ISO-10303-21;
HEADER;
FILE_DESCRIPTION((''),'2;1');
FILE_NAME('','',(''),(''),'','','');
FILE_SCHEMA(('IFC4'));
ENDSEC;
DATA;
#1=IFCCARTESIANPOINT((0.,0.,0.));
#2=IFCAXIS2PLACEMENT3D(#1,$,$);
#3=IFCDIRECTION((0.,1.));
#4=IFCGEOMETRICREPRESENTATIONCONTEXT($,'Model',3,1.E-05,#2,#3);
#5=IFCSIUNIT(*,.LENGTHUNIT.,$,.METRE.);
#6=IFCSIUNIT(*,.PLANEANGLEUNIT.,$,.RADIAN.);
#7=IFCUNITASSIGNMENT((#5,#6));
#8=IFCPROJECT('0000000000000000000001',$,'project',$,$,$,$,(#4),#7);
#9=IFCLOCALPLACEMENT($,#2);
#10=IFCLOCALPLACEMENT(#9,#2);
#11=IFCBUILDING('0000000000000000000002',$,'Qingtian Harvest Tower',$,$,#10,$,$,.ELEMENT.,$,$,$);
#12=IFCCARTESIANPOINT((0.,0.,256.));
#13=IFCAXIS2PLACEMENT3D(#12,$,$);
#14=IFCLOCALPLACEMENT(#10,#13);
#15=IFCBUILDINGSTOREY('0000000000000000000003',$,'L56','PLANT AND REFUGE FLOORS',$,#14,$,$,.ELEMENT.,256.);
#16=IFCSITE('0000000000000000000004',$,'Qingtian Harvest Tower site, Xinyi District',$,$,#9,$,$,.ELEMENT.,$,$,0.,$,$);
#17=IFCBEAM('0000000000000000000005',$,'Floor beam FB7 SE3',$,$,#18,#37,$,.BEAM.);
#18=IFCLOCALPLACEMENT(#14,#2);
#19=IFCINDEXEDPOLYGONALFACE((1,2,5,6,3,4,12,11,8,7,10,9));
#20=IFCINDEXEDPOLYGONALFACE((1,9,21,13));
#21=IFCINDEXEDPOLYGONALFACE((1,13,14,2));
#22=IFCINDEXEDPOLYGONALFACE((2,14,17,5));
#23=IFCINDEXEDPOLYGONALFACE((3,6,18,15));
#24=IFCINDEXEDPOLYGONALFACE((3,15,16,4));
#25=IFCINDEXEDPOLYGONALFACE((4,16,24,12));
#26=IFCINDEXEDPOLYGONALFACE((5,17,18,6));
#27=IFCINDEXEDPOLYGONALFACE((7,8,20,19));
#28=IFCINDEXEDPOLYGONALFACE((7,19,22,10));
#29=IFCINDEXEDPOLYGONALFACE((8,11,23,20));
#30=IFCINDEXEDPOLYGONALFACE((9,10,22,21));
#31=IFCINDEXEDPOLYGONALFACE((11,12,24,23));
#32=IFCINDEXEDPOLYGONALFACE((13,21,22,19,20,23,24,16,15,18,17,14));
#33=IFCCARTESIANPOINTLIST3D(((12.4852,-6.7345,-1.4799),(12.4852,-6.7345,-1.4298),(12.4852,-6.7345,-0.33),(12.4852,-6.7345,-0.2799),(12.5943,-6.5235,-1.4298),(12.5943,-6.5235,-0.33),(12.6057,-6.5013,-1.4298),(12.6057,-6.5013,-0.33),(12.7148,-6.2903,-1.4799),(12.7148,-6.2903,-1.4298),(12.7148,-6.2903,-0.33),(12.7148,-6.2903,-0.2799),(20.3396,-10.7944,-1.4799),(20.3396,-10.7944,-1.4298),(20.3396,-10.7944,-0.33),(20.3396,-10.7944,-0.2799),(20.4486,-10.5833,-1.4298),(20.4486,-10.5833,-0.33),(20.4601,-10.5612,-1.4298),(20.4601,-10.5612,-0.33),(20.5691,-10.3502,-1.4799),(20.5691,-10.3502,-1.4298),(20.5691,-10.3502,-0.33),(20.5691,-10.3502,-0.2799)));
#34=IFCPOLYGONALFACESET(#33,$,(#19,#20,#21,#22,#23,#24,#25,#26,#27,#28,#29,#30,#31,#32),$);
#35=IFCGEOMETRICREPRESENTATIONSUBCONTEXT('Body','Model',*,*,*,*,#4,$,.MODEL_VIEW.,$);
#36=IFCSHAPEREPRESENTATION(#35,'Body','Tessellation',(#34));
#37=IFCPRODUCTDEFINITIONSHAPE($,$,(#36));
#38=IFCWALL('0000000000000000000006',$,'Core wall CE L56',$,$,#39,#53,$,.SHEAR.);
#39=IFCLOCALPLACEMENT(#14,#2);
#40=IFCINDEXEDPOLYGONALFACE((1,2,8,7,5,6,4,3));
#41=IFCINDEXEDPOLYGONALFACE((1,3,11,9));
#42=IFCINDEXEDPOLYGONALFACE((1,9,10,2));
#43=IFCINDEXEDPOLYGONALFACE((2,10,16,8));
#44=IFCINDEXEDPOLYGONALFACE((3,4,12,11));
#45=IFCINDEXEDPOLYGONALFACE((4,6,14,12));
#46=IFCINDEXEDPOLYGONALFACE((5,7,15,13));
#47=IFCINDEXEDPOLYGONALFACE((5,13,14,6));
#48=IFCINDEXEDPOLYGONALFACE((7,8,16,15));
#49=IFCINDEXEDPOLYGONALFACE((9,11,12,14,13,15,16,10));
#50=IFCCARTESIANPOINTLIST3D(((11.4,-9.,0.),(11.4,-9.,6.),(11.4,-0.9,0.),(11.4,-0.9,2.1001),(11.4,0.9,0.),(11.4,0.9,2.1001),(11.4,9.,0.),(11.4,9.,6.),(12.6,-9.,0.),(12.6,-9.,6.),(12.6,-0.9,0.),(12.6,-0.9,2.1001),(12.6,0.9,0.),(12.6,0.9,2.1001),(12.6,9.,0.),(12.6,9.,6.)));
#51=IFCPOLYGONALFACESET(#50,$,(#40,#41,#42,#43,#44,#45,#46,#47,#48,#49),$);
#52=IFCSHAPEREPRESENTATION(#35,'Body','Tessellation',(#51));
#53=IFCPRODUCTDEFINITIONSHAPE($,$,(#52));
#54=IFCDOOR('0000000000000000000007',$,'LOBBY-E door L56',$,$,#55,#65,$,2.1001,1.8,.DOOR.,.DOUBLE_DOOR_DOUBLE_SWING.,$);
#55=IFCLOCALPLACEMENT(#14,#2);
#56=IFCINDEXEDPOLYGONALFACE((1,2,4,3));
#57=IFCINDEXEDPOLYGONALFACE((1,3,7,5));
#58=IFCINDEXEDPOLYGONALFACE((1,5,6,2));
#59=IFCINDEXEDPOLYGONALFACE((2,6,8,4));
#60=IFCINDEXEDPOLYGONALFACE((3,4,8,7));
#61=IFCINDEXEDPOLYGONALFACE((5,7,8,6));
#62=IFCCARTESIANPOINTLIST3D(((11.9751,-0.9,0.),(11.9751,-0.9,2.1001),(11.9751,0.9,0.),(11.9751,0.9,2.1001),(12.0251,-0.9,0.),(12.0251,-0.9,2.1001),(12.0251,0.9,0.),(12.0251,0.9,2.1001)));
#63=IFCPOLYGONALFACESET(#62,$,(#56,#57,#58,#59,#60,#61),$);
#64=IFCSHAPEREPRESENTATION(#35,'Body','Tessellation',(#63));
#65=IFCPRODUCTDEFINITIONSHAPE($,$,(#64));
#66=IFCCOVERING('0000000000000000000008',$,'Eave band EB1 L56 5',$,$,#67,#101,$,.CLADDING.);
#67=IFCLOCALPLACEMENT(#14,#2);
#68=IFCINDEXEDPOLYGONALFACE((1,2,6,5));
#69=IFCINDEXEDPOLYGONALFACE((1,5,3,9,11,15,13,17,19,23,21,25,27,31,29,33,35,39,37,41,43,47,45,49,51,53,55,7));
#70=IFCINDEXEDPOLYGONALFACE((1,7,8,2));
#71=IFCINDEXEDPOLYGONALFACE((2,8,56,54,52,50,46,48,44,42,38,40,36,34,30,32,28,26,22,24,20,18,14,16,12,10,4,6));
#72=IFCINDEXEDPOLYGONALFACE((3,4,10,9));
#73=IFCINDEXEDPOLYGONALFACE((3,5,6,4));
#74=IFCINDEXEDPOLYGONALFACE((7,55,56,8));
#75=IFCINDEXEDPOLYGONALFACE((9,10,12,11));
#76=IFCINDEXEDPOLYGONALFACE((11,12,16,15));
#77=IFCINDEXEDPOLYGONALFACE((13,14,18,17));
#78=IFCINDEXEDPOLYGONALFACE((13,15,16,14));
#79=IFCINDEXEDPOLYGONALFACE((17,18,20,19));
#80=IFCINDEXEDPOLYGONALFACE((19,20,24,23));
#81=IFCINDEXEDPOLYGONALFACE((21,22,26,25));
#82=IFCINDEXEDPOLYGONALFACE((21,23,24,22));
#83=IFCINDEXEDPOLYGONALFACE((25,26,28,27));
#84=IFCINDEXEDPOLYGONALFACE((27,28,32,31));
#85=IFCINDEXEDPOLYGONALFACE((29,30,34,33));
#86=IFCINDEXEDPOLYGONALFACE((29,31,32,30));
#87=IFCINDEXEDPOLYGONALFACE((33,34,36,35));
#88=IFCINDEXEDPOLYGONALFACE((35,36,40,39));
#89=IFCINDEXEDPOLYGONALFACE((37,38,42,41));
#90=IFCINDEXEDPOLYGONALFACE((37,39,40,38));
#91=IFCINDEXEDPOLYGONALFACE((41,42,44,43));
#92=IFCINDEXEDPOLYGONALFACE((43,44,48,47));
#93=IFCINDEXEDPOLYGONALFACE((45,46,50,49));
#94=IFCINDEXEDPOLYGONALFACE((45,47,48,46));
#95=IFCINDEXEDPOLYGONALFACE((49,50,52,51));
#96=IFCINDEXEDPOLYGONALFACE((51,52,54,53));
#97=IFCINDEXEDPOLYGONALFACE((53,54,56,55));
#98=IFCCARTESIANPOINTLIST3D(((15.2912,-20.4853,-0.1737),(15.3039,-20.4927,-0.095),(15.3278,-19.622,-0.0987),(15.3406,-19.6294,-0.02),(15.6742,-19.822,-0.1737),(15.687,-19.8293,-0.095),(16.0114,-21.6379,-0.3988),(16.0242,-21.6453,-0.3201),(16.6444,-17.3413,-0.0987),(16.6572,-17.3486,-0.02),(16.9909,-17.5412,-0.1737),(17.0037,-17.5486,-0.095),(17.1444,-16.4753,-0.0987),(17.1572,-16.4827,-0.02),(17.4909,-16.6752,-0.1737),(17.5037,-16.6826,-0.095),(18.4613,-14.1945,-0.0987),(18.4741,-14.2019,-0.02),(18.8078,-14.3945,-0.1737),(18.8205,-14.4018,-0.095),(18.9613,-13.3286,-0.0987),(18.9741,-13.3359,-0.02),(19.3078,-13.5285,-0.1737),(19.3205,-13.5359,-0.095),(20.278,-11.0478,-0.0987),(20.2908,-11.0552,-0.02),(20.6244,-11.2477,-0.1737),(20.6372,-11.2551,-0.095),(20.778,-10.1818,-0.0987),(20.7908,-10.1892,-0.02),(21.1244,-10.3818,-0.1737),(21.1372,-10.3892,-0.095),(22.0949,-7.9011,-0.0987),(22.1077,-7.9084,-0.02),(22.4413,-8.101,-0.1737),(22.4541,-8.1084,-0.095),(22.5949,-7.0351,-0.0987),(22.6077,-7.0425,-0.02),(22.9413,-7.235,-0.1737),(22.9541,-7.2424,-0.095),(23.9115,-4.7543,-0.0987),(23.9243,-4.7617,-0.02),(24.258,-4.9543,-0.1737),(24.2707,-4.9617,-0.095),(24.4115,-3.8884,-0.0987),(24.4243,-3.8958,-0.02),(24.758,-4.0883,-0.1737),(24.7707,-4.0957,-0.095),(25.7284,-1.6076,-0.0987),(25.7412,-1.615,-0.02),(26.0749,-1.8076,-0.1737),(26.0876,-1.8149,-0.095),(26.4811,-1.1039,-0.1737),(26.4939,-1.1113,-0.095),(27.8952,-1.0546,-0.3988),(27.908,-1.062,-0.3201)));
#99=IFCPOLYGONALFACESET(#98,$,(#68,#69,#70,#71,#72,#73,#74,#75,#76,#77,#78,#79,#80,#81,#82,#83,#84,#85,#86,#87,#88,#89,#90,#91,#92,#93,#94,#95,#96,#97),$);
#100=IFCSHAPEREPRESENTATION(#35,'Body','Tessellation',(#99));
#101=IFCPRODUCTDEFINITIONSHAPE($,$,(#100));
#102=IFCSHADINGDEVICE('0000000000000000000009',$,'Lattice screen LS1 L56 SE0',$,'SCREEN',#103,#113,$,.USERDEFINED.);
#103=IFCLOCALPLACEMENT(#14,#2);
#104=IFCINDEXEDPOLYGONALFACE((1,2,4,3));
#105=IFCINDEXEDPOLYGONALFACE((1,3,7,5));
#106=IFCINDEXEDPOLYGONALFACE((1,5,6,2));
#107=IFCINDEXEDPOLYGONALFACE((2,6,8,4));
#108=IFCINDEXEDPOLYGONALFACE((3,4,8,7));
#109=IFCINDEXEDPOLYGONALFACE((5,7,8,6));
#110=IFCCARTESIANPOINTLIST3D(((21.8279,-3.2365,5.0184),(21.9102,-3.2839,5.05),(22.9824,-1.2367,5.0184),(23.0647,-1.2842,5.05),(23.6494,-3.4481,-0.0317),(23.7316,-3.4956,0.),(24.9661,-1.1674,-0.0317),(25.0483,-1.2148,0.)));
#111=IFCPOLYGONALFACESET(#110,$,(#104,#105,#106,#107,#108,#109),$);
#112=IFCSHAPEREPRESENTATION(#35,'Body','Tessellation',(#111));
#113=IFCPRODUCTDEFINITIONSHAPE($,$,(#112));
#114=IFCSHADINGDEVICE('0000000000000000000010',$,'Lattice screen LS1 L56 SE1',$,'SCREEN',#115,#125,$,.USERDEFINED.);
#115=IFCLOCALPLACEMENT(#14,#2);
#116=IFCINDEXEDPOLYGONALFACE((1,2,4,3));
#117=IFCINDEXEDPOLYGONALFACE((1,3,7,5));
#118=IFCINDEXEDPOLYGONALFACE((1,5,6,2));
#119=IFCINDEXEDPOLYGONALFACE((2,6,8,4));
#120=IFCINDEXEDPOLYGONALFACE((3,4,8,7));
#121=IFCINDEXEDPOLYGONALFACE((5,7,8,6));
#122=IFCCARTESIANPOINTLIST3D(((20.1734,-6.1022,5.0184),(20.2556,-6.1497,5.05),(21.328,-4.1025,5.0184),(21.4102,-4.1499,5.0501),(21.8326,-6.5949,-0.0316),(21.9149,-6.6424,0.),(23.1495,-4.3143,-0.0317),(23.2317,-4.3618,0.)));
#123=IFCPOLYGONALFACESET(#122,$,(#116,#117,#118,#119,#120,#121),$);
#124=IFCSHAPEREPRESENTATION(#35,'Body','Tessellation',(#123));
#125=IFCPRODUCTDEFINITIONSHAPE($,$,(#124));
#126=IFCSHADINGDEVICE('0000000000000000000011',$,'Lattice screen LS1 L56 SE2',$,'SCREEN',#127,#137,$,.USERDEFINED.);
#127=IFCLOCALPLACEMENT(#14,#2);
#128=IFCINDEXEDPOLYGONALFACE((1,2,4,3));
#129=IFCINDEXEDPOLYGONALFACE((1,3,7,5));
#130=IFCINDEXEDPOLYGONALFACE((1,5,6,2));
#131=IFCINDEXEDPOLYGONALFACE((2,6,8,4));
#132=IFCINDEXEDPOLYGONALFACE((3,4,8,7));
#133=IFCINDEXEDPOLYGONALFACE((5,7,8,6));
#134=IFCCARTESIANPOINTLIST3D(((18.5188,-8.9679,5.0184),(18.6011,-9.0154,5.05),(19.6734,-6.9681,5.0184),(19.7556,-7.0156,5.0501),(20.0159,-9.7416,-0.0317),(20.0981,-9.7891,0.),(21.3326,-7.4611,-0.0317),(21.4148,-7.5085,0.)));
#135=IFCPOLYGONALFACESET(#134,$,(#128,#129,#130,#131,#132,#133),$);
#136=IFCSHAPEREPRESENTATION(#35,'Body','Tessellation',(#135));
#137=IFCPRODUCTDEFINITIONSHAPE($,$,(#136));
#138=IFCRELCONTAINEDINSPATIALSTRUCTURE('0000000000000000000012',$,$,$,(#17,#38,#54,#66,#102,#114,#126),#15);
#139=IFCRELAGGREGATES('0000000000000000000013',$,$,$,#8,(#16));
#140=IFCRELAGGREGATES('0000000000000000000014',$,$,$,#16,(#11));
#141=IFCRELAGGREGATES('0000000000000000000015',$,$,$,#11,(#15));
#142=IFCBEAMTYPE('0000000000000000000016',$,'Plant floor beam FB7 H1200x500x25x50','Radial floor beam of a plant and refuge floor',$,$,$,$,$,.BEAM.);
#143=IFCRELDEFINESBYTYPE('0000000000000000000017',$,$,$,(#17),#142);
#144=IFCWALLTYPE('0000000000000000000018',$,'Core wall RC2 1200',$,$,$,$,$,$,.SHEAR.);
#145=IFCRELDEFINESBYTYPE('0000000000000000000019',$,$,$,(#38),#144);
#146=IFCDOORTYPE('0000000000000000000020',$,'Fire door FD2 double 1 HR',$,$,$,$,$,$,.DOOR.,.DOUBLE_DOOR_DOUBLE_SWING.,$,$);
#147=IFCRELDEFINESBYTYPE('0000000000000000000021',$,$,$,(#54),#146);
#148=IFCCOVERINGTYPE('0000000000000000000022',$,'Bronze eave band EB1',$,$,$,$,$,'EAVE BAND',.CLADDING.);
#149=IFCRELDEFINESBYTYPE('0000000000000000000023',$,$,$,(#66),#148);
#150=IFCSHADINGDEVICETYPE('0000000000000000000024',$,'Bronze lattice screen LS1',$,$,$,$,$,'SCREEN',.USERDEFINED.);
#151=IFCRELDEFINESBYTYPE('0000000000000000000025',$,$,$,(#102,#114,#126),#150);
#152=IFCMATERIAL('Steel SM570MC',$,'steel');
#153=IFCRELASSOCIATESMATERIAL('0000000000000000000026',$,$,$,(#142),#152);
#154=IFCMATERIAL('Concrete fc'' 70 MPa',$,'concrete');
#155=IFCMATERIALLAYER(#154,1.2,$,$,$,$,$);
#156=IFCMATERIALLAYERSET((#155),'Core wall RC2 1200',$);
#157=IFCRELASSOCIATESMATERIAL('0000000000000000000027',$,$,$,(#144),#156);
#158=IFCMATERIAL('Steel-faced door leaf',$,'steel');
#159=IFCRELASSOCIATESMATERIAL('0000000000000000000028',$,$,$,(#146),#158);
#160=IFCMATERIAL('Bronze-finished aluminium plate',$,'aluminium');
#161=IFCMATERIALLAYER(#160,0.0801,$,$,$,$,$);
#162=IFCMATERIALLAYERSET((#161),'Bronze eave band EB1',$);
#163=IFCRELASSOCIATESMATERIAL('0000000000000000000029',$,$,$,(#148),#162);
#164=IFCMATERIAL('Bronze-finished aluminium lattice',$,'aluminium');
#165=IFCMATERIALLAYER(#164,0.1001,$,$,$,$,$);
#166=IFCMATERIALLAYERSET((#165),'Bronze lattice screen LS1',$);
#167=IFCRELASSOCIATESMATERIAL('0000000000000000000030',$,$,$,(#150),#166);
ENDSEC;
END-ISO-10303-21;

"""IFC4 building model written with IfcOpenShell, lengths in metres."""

from ifc_helpers import new_model, si_unit, direction, frame, frame_2d, origin, origin_2d, place, context, subcontext, project, spatial, polyline, rectangle, i_section, outline, extrude, material, layer, layer_set, material_profile, profile_set, type_object, element, fill, save


model = new_model("IFC4")

# Units and contexts
model_context = context("Model", 3, precision=1e-05, world=origin(), true_north=direction((0.0, 1.0)))
body_context = subcontext(model_context, "Body", "Model", "MODEL_VIEW")
ifc_project = project(units=[si_unit("LENGTHUNIT", "METRE"), si_unit("PLANEANGLEUNIT", "RADIAN")], contexts=[model_context])

# Site, building, storey
site_placement = place(None, origin())
site = spatial("IfcSite", under=ifc_project, at=site_placement, Name="Qingtian Harvest Tower site, Xinyi District", CompositionType="ELEMENT", RefElevation=0.0)
building_placement = place(site_placement, origin())
building = spatial("IfcBuilding", under=site, at=building_placement, Name="Qingtian Harvest Tower", CompositionType="ELEMENT")
storey_placement = place(building_placement, frame((0.0, 0.0, 256.0)))
storey = spatial("IfcBuildingStorey", under=building, at=storey_placement, Name="L56", Description="PLANT AND REFUGE FLOORS", CompositionType="ELEMENT", Elevation=256.0)

# Beam
ifc_material_1 = material(Name="Steel SM570MC", Category="steel")
ifc_material_profile_1 = material_profile(ifc_material_1, i_section(OverallWidth=0.5, OverallDepth=1.2, WebThickness=0.0249, FlangeThickness=0.05, at=origin_2d()), Name="H1200x500x25x50")
ifc_profile_set_1 = profile_set([ifc_material_profile_1], Name="Steel SM570MC")
beam_type_1 = type_object("IfcBeamType", Name="Plant floor beam FB7 H1200x500x25x50", Description="Radial floor beam of a plant and refuge floor", PredefinedType="BEAM", material=ifc_profile_set_1)
beam_1_placement = place(storey_placement, frame((20.4543, -10.5723, -0.8799), z_axis=(-0.888344, 0.45918, 0.0), x_axis=(-0.45918, -0.888344, 0.0)))
element("IfcBeam", 1, at=beam_1_placement, inside=storey, type_object=beam_type_1, Name="Floor beam FB7 SE3", PredefinedType="BEAM", context=body_context, shape_type="SweptSolid", body=[
    extrude(i_section(OverallWidth=0.5, OverallDepth=1.2, WebThickness=0.0249, FlangeThickness=0.05, at=origin_2d()), origin(), (0.0, 0.0, 1.0), 8.8416),
])

# Wall, opening, door
ifc_material_2 = material(Name="Concrete fc' 70 MPa", Category="concrete")
ifc_layer_1 = layer(ifc_material_2, 1.2)
ifc_layer_set_1 = layer_set([ifc_layer_1], Name="Core wall RC2 1200")
wall_type = type_object("IfcWallType", Name="Core wall RC2 1200", PredefinedType="SHEAR", material=ifc_layer_set_1)
wall_placement = place(storey_placement, frame((12.0, -9.0, 0.0), z_axis=(0.0, 0.0, 1.0), x_axis=(0.0, 1.0, 0.0)))
wall = element("IfcWall", 2, at=wall_placement, inside=storey, type_object=wall_type, Name="Core wall CE L56", PredefinedType="SHEAR", context=body_context, shape_type="SweptSolid", body=[
    extrude(rectangle(XDim=18.0, YDim=1.2, at=frame_2d((9.0, 0.0))), origin(), (0.0, 0.0, 1.0), 6.0),
])
opening_placement = place(wall_placement, frame((8.1001, 0.0, 0.0)))
opening = element("IfcOpeningElement", 3, at=opening_placement, cuts=wall, PredefinedType="OPENING", context=body_context, shape_type="SweptSolid", body=[
    extrude(rectangle(XDim=1.8, YDim=2.1001, at=frame_2d((0.8999, 1.05))), frame((0.0, 0.6099, 0.0), z_axis=(0.0, -1.0, 0.0), x_axis=(1.0, 0.0, 0.0)), (0.0, 0.0, 1.0), 1.22),
])
ifc_material_3 = material(Name="Steel-faced door leaf", Category="steel")
door_type = type_object("IfcDoorType", Name="Fire door FD2 double 1 HR", OperationType="DOUBLE_DOOR_DOUBLE_SWING", PredefinedType="DOOR", material=ifc_material_3)
door_placement = place(opening_placement, origin())
door = element("IfcDoor", 4, at=door_placement, inside=storey, type_object=door_type, Name="LOBBY-E door L56", OperationType="DOUBLE_DOOR_DOUBLE_SWING", OverallHeight=2.1001, OverallWidth=1.8, PredefinedType="DOOR", context=body_context, shape_type="SweptSolid", body=[
    extrude(rectangle(XDim=1.8, YDim=2.1001, at=frame_2d((0.8999, 1.05))), frame((0.0, 0.0249, 0.0), z_axis=(0.0, -1.0, 0.0), x_axis=(1.0, 0.0, 0.0)), (0.0, 0.0, 1.0), 0.05),
])
fill(opening, door)

# Covering
ifc_material_4 = material(Name="Bronze-finished aluminium plate", Category="aluminium")
ifc_layer_2 = layer(ifc_material_4, 0.0801)
ifc_layer_set_2 = layer_set([ifc_layer_2], Name="Bronze eave band EB1")
covering_type = type_object("IfcCoveringType", Name="Bronze eave band EB1", ElementType="EAVE BAND", PredefinedType="CLADDING", material=ifc_layer_set_2)
covering_placement = place(storey_placement, frame((25.7412, -1.615, -0.02), z_axis=(0.159633, -0.092165, 0.982865), x_axis=(0.851253, -0.491315, -0.184329)))
element("IfcCovering", 5, at=covering_placement, inside=storey, type_object=covering_type, Name="Eave band EB1 L56 5", PredefinedType="CLADDING", context=body_context, shape_type="SweptSolid", body=[
    extrude(outline(polyline([(0.0, 0.0), (0.407, 0.0), (0.4071, 0.8125), (1.6281, 1.562), (1.6248, -22.2055), (0.404, -21.5672), (0.4041, -20.8012), (-0.0028, -20.8012), (-0.0026, -18.1677), (0.4044, -18.1677), (0.4045, -17.1678), (-0.0024, -17.1678), (-0.002, -14.5341), (0.405, -14.5341), (0.4051, -13.5342), (-0.0018, -13.5342), (-0.0016, -10.9007), (0.4054, -10.9007), (0.4055, -9.9007), (-0.0014, -9.9007), (-0.001, -7.2671), (0.406, -7.2671), (0.4061, -6.2671), (-0.0008, -6.2671), (-0.0006, -3.6336), (0.4064, -3.6336), (0.4065, -2.6336), (-0.0004, -2.6336), (0.0, 0.0)])), origin(), (0.0, 0.0, -1.0), 0.0801),
])

# Shading devices
ifc_material_5 = material(Name="Bronze-finished aluminium lattice", Category="aluminium")
ifc_layer_3 = layer(ifc_material_5, 0.1001)
ifc_layer_set_3 = layer_set([ifc_layer_3], Name="Bronze lattice screen LS1")
shading_device_type = type_object("IfcShadingDeviceType", Name="Bronze lattice screen LS1", ElementType="SCREEN", PredefinedType="USERDEFINED", material=ifc_layer_set_3)
shading_device_1_placement = place(storey_placement, frame((25.0483, -1.2148, 0.0), z_axis=(0.8216, -0.474319, 0.316219), x_axis=(-0.499973, -0.866041, -0.000006)))
element("IfcShadingDevice", 6, at=shading_device_1_placement, inside=storey, type_object=shading_device_type, Name="Lattice screen LS1 L56 SE0", ObjectType="SCREEN", PredefinedType="USERDEFINED", context=body_context, shape_type="SweptSolid", body=[
    extrude(outline(polyline([(0.0, 0.0), (2.6335, 0.0), (3.3609, -5.3232), (1.0518, -5.3232), (0.0, 0.0)])), origin(), (0.0, 0.0, -1.0), 0.1001),
])
shading_device_2_placement = place(storey_placement, frame((23.2317, -4.3618, 0.0), z_axis=(0.821567, -0.474374, 0.316223), x_axis=(-0.500037, -0.866004, 0.000012)))
element("IfcShadingDevice", 7, at=shading_device_2_placement, inside=storey, type_object=shading_device_type, Name="Lattice screen LS1 L56 SE1", ObjectType="SCREEN", PredefinedType="USERDEFINED", context=body_context, shape_type="SweptSolid", body=[
    extrude(outline(polyline([(0.0, 0.0), (2.6334, 0.0), (3.0365, -5.3232), (0.7274, -5.3232), (0.0, 0.0)])), origin(), (0.0, 0.0, -1.0), 0.1001),
])
shading_device_3_placement = place(storey_placement, frame((21.4148, -7.5085, 0.0), z_axis=(0.821586, -0.474338, 0.316227), x_axis=(-0.499996, -0.866028, 0.000001)))
element("IfcShadingDevice", 8, at=shading_device_3_placement, inside=storey, type_object=shading_device_type, Name="Lattice screen LS1 L56 SE2", ObjectType="SCREEN", PredefinedType="USERDEFINED", context=body_context, shape_type="SweptSolid", body=[
    extrude(outline(polyline([(0.0, 0.0), (2.6333, 0.0), (2.7118, -5.3232), (0.4027, -5.3232), (0.0, 0.0)])), origin(), (0.0, 0.0, -1.0), 0.1001),
])

save(model, "model.ifc")
